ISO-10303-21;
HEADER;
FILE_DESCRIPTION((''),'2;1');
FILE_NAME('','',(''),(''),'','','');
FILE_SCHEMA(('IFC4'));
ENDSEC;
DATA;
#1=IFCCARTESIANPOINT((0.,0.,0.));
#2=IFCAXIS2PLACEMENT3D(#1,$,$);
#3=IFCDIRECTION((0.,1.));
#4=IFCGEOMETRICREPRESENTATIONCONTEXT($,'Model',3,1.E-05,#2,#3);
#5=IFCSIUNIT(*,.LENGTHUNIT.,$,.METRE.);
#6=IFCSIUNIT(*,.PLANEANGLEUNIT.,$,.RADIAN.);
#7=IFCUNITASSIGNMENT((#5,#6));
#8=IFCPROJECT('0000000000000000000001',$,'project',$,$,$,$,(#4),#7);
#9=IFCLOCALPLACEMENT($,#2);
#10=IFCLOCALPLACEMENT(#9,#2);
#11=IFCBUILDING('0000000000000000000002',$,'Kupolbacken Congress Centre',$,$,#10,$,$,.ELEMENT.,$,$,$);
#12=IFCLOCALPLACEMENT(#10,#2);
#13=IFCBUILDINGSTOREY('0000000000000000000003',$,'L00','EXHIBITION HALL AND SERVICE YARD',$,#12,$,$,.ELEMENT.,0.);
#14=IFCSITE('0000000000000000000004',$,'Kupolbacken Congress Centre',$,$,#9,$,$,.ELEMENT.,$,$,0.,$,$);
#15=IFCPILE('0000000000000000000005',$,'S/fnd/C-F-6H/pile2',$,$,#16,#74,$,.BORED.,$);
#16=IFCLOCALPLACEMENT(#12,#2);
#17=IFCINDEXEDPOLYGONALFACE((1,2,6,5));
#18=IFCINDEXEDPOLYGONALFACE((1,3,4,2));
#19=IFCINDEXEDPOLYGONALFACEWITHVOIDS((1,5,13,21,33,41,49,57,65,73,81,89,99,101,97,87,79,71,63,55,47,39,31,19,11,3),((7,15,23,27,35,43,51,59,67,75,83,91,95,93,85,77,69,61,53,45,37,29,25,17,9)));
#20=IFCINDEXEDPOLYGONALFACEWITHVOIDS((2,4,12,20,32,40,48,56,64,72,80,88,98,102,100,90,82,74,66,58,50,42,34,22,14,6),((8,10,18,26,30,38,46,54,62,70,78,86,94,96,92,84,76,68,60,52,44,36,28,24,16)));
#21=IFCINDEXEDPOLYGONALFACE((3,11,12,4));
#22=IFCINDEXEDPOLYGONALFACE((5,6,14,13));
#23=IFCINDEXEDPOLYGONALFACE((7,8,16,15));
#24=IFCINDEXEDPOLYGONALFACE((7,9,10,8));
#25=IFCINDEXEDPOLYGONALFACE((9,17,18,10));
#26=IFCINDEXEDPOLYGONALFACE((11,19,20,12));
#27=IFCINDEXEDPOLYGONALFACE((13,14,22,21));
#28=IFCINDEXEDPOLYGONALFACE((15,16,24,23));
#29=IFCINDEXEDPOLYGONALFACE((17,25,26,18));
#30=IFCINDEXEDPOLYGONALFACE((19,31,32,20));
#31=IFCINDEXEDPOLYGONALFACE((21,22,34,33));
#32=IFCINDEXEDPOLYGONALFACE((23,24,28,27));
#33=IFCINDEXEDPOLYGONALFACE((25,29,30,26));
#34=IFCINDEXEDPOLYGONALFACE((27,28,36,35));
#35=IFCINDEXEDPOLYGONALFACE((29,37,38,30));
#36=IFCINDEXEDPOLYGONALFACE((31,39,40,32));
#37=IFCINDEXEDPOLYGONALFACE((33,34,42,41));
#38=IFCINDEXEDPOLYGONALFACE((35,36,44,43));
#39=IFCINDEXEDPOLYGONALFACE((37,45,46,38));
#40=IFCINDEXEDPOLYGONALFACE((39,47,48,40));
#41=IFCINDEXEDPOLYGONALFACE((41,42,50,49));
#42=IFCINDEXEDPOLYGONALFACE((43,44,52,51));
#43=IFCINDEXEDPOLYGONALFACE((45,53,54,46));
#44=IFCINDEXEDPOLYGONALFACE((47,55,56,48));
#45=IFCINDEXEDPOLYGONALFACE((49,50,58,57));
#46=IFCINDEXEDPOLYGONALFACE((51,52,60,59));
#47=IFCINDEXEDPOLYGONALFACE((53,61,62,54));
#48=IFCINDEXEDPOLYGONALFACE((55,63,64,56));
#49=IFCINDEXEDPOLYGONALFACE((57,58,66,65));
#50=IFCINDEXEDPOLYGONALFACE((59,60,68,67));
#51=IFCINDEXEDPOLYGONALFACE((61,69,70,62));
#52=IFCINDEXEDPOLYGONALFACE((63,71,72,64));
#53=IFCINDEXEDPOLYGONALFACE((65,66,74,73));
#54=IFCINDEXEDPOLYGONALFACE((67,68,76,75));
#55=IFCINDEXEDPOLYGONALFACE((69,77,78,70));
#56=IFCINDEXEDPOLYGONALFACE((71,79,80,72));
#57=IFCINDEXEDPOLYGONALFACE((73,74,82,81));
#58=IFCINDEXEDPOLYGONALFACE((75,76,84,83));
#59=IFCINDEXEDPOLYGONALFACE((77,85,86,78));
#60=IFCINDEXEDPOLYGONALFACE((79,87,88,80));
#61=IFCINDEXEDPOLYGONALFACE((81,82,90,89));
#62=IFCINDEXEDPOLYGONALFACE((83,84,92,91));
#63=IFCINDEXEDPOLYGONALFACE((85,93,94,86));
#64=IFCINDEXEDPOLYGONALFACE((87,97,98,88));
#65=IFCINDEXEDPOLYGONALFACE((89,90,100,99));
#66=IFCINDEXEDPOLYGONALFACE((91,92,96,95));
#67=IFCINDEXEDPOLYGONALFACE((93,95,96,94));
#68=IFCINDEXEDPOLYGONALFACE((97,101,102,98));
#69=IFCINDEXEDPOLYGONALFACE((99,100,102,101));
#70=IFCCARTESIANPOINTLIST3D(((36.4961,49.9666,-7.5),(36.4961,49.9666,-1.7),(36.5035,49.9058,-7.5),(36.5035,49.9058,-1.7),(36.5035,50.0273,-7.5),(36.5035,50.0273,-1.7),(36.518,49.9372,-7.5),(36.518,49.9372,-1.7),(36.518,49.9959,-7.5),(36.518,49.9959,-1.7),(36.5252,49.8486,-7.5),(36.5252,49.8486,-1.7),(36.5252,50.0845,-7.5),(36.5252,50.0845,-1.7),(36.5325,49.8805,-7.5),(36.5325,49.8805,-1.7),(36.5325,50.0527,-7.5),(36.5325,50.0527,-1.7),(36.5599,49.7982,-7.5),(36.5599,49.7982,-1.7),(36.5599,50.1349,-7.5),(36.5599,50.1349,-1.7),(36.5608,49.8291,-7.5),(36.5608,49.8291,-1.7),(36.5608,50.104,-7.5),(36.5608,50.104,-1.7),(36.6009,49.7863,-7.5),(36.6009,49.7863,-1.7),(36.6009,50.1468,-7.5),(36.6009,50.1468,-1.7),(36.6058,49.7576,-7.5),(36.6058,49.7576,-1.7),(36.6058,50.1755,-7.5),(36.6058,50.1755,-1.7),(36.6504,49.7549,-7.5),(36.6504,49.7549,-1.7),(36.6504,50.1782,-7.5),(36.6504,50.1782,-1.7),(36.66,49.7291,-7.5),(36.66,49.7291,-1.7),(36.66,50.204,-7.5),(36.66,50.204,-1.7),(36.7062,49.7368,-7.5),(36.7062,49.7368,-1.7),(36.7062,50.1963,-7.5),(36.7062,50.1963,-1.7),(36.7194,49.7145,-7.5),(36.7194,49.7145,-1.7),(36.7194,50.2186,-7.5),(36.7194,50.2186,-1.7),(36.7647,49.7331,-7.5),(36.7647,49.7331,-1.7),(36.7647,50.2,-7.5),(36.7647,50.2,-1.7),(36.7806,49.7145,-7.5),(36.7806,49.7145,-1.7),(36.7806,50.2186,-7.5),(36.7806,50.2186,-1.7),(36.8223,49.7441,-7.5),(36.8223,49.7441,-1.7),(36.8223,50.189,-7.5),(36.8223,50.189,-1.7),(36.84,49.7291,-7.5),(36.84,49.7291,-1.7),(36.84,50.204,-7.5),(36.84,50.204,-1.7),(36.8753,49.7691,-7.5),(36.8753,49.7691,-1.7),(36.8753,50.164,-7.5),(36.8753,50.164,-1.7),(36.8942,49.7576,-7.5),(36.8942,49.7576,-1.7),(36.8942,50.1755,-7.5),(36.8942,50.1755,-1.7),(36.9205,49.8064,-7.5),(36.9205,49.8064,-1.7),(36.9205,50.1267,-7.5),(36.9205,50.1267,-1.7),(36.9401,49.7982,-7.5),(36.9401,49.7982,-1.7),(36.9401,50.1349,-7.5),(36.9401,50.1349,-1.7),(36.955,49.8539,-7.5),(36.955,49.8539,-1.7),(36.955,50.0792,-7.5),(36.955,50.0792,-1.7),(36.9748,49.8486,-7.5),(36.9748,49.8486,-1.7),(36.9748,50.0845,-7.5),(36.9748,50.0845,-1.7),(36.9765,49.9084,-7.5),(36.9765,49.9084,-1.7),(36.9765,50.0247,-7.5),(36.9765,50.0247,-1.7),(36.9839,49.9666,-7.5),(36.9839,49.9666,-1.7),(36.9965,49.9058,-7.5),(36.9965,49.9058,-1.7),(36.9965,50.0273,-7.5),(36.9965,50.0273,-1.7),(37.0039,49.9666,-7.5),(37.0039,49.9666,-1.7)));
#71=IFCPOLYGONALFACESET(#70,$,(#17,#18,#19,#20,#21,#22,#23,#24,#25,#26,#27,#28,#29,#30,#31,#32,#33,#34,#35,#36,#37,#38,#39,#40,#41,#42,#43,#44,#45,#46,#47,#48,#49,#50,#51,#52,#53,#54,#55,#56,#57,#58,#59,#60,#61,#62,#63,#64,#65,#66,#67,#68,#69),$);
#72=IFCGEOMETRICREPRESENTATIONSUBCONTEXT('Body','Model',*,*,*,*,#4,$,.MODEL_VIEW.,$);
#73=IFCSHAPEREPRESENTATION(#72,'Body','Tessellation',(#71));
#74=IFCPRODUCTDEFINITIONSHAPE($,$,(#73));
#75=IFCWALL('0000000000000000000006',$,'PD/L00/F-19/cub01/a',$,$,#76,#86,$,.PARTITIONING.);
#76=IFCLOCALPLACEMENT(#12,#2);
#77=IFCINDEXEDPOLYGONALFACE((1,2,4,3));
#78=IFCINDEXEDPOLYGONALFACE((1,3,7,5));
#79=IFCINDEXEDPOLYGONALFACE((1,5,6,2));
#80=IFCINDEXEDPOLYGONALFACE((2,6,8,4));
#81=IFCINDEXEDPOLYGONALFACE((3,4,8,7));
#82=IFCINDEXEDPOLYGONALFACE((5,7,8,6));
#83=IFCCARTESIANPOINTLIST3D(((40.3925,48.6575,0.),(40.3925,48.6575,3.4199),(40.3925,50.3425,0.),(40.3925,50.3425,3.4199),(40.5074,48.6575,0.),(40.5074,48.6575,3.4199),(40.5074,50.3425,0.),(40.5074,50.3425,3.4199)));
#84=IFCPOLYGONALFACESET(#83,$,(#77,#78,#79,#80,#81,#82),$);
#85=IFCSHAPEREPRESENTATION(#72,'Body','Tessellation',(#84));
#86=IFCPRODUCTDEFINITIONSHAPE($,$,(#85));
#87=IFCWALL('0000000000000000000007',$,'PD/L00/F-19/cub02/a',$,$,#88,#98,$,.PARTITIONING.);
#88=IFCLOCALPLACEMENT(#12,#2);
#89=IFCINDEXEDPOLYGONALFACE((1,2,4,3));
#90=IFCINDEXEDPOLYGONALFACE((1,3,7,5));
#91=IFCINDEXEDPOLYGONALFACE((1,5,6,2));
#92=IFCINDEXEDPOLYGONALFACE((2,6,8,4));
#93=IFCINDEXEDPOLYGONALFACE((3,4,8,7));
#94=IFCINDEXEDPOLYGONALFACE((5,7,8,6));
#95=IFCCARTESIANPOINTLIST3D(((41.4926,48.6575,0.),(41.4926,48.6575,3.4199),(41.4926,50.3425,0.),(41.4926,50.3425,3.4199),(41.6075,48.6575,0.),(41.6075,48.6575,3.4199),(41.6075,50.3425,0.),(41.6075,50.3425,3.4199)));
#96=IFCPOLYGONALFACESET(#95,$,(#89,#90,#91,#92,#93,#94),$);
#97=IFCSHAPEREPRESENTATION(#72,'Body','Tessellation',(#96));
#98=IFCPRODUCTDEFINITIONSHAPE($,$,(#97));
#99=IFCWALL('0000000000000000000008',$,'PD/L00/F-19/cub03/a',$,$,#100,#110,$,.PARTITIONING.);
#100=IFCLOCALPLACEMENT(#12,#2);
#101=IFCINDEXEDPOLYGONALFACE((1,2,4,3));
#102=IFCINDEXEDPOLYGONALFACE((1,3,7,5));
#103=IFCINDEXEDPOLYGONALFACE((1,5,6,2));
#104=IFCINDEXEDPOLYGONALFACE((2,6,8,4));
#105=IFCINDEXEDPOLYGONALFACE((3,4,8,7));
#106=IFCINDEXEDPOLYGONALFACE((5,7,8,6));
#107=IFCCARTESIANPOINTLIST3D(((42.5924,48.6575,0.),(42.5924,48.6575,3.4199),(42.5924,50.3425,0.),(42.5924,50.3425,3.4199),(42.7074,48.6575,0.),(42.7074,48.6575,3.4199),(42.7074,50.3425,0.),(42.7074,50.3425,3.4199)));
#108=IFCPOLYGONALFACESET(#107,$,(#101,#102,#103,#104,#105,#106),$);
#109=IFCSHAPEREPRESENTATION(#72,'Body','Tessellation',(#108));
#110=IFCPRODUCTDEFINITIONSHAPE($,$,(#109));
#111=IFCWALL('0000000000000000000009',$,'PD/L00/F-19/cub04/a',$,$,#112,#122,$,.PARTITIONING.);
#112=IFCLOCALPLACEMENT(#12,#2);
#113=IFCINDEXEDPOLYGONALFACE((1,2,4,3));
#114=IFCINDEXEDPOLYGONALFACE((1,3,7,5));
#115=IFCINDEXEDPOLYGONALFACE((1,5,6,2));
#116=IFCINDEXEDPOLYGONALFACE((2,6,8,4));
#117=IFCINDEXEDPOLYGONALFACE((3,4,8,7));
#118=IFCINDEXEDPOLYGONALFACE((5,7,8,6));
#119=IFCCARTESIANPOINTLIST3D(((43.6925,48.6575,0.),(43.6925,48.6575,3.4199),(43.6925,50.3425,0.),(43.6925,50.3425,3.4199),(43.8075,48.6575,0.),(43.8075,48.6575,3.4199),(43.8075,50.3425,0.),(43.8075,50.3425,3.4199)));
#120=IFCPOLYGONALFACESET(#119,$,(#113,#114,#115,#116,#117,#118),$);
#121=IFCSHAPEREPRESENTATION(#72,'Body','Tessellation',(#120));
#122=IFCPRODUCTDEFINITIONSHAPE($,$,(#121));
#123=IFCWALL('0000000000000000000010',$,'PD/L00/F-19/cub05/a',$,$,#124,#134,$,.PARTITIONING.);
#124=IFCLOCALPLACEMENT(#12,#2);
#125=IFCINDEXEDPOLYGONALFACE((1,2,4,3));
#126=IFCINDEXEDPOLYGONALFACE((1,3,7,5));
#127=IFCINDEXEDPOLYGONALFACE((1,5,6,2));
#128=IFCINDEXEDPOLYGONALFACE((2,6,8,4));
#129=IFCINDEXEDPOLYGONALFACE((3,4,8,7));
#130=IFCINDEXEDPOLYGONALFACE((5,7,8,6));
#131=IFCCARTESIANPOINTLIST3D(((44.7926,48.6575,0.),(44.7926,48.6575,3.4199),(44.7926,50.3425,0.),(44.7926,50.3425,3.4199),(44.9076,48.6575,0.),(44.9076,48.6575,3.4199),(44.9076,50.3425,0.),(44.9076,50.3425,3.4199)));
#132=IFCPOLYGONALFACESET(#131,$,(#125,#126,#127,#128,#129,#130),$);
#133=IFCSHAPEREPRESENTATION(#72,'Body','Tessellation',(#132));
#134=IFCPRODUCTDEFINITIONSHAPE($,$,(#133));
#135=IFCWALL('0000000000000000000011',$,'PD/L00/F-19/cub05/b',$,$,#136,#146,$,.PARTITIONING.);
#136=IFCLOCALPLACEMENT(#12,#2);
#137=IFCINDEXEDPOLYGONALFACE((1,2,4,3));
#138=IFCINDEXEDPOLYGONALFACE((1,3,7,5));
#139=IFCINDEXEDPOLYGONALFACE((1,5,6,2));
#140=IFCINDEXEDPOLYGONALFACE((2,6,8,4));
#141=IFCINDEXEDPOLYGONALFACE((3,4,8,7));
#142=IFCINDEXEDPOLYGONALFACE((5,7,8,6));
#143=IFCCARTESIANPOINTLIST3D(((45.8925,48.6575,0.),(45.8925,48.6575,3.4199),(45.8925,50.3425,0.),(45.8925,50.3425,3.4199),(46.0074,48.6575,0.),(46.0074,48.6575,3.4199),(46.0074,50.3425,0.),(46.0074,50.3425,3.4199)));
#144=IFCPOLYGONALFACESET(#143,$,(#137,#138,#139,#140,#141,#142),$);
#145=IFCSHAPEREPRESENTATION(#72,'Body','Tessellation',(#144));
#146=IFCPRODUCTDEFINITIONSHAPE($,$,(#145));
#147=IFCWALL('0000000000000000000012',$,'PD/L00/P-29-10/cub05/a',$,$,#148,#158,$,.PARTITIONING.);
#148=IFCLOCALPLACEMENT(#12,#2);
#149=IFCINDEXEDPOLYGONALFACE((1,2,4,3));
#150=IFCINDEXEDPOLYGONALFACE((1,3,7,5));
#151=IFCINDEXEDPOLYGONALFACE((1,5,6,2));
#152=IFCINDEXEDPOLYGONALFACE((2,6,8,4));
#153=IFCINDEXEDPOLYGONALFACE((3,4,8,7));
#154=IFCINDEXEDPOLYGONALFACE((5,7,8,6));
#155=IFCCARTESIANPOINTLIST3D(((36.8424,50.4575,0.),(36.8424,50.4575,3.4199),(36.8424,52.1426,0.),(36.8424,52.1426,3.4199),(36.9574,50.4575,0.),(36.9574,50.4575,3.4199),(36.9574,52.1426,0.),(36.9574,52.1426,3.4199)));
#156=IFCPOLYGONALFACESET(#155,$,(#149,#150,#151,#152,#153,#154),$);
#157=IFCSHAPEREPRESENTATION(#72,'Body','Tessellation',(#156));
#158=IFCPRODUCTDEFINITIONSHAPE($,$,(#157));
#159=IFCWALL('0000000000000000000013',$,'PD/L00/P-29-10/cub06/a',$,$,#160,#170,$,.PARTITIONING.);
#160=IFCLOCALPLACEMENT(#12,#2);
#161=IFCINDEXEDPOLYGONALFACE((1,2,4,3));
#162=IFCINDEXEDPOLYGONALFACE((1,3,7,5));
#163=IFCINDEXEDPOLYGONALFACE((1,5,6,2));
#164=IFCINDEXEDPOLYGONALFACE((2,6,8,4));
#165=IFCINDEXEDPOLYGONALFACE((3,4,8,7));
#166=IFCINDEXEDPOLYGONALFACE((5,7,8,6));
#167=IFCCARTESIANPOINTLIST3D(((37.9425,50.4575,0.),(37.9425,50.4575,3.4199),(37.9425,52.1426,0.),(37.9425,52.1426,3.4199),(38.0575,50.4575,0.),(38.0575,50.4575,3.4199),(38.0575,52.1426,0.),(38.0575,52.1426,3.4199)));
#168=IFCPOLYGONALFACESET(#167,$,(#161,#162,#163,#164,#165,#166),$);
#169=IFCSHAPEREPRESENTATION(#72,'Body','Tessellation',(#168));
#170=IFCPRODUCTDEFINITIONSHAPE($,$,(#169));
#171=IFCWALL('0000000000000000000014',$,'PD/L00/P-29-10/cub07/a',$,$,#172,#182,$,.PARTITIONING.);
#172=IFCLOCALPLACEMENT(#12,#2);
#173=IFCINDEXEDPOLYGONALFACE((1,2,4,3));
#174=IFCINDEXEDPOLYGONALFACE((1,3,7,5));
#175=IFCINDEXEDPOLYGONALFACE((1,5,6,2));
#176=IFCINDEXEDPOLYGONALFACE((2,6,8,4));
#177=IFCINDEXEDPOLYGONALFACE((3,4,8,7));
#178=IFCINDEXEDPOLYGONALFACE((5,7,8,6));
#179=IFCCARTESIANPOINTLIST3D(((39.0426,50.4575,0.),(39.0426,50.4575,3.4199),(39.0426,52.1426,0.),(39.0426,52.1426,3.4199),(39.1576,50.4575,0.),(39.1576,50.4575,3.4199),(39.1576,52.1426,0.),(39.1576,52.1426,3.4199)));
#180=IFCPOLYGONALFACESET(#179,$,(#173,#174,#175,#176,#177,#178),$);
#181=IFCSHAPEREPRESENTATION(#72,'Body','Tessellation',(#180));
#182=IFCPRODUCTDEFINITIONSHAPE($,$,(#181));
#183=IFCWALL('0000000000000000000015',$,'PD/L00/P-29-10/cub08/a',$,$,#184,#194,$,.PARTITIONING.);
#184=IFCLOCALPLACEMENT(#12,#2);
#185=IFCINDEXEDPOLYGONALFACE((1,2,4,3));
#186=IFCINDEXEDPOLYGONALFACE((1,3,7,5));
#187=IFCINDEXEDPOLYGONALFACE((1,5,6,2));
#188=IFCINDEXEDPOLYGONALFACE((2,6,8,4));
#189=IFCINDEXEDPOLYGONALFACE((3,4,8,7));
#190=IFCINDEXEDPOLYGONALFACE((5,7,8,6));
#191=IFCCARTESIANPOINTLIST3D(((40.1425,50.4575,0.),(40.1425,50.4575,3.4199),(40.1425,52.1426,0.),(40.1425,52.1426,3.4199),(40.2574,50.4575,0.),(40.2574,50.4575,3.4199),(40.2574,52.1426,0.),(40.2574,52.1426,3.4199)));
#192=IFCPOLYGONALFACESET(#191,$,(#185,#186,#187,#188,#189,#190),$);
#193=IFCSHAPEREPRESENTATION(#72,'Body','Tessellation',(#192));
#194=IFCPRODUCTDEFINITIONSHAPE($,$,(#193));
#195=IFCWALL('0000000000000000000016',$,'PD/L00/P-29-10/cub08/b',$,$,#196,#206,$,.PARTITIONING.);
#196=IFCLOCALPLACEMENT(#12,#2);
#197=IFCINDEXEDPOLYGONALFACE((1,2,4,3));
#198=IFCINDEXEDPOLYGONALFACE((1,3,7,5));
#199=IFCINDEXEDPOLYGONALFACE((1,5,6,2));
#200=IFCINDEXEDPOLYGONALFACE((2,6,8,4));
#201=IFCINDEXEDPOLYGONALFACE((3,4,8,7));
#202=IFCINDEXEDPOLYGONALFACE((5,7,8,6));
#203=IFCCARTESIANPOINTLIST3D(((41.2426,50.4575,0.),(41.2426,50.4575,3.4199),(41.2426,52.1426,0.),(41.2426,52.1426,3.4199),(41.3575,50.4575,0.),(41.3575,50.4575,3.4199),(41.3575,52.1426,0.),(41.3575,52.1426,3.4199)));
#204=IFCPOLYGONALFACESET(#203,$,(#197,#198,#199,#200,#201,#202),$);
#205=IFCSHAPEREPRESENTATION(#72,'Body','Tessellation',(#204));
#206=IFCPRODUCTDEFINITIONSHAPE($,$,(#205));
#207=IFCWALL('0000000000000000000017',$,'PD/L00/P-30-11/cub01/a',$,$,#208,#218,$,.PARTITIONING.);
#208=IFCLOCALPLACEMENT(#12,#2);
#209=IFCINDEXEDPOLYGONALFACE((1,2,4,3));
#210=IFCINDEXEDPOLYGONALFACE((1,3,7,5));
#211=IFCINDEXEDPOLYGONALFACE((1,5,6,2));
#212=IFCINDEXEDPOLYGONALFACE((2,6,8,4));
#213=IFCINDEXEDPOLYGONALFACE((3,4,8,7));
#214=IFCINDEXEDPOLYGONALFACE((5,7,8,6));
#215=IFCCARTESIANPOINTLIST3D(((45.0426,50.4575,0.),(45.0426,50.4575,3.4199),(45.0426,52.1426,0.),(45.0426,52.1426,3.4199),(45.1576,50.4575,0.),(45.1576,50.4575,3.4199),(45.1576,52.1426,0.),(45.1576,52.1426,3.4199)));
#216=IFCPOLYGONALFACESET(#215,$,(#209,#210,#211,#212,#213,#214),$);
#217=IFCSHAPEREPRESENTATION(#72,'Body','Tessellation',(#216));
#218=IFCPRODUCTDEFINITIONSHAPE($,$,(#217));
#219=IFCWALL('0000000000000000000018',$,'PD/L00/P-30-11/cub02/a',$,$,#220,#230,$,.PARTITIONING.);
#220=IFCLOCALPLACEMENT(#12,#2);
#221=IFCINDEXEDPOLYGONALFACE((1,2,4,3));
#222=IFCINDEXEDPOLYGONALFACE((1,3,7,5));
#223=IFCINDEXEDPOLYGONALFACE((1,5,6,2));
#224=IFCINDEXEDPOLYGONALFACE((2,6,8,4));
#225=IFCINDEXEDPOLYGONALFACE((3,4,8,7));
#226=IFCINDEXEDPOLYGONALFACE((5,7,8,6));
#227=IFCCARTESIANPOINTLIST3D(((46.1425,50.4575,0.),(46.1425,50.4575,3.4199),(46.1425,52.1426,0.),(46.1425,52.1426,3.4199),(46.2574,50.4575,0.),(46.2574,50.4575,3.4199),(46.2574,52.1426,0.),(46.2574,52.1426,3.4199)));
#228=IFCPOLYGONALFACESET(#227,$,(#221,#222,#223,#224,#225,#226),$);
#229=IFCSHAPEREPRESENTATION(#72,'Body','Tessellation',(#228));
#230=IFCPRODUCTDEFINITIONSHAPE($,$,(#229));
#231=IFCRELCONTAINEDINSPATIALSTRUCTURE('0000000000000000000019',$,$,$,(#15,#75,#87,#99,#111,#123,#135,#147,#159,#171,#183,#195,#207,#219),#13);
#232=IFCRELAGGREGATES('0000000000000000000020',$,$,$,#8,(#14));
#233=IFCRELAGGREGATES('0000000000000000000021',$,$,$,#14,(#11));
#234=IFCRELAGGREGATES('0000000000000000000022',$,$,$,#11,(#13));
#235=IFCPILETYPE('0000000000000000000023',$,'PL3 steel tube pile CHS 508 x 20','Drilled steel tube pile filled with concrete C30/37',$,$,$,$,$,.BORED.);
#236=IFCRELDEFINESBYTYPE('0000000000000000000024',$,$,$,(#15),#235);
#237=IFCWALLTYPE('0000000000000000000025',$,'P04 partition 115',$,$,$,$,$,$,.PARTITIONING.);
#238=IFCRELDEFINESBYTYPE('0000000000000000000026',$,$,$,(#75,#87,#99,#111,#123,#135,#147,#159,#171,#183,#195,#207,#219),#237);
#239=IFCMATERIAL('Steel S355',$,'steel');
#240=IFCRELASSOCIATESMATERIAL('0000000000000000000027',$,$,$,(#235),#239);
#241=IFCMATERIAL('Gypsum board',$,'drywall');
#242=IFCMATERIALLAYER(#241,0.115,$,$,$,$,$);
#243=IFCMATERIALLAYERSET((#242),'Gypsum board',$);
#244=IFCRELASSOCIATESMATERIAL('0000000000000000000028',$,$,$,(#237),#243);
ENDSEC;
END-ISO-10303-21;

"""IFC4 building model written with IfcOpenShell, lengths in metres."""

from ifc_helpers import new_model, si_unit, direction, frame, frame_2d, origin, origin_2d, place, context, subcontext, project, spatial, rectangle, hollow_circle, extrude, material, layer, layer_set, material_profile, profile_set, type_object, element, save


model = new_model("IFC4")

# Units and contexts
model_context = context("Model", 3, precision=1e-05, world=origin(), true_north=direction((0.0, 1.0)))
body_context = subcontext(model_context, "Body", "Model", "MODEL_VIEW")
ifc_project = project(units=[si_unit("LENGTHUNIT", "METRE"), si_unit("PLANEANGLEUNIT", "RADIAN")], contexts=[model_context])

# Site, building, storey
site_placement = place(None, origin())
site = spatial("IfcSite", under=ifc_project, at=site_placement, Name="Kupolbacken Congress Centre", CompositionType="ELEMENT", RefElevation=0.0)
building_placement = place(site_placement, origin())
building = spatial("IfcBuilding", under=site, at=building_placement, Name="Kupolbacken Congress Centre", CompositionType="ELEMENT")
storey_placement = place(building_placement, origin())
storey = spatial("IfcBuildingStorey", under=building, at=storey_placement, Name="L00", Description="EXHIBITION HALL AND SERVICE YARD", CompositionType="ELEMENT", Elevation=0.0)

# Pile
ifc_material_1 = material(Name="Steel S355", Category="steel")
ifc_material_profile = material_profile(ifc_material_1, hollow_circle(Radius=0.2539, WallThickness=0.02, at=origin_2d()), Name="CHS 508 x 20")
ifc_profile_set = profile_set([ifc_material_profile], Name="Steel S355")
pile_type = type_object("IfcPileType", Name="PL3 steel tube pile CHS 508 x 20", Description="Drilled steel tube pile filled with concrete C30/37", PredefinedType="BORED", material=ifc_profile_set)
pile_placement = place(storey_placement, frame((36.75, 49.9666, -1.7), z_axis=(0.0, 0.0, -1.0), x_axis=(1.0, 0.0, 0.0)))
element("IfcPile", 1, at=pile_placement, inside=storey, type_object=pile_type, Name="S/fnd/C-F-6H/pile2", PredefinedType="BORED", context=body_context, shape_type="SweptSolid", body=[
    extrude(hollow_circle(Radius=0.2539, WallThickness=0.02, at=origin_2d()), origin(), (0.0, 0.0, 1.0), 5.8),
])

# Walls
ifc_material_2 = material(Name="Gypsum board", Category="drywall")
ifc_layer_1 = layer(ifc_material_2, 0.115)
ifc_layer_set_1 = layer_set([ifc_layer_1], Name="Gypsum board")
wall_type_1 = type_object("IfcWallType", Name="P04 partition 115", PredefinedType="PARTITIONING", material=ifc_layer_set_1)
for number, where, z_axis, x_axis, name in (
    (2, (40.45, 50.3425, 0.0), (0.0, 0.0, 1.0), (0.0, -1.0, 0.0), "PD/L00/F-19/cub01/a"),
    (3, (41.55, 50.3425, 0.0), (0.0, 0.0, 1.0), (0.0, -1.0, 0.0), "PD/L00/F-19/cub02/a"),
    (4, (42.6499, 50.3425, 0.0), (0.0, 0.0, 1.0), (0.0, -1.0, 0.0), "PD/L00/F-19/cub03/a"),
    (5, (43.75, 50.3425, 0.0), (0.0, 0.0, 1.0), (0.0, -1.0, 0.0), "PD/L00/F-19/cub04/a"),
    (6, (44.8501, 50.3425, 0.0), (0.0, 0.0, 1.0), (0.0, -1.0, 0.0), "PD/L00/F-19/cub05/a"),
    (7, (45.95, 50.3425, 0.0), (0.0, 0.0, 1.0), (0.0, -1.0, 0.0), "PD/L00/F-19/cub05/b"),
    (8, (36.8999, 50.4575, 0.0), (0.0, 0.0, 1.0), (0.0, 1.0, 0.0), "PD/L00/P-29-10/cub05/a"),
    (9, (38.0, 50.4575, 0.0), (0.0, 0.0, 1.0), (0.0, 1.0, 0.0), "PD/L00/P-29-10/cub06/a"),
    (10, (39.1001, 50.4575, 0.0), (0.0, 0.0, 1.0), (0.0, 1.0, 0.0), "PD/L00/P-29-10/cub07/a"),
    (11, (40.2, 50.4575, 0.0), (0.0, 0.0, 1.0), (0.0, 1.0, 0.0), "PD/L00/P-29-10/cub08/a"),
    (12, (41.3, 50.4575, 0.0), (0.0, 0.0, 1.0), (0.0, 1.0, 0.0), "PD/L00/P-29-10/cub08/b"),
    (13, (45.1001, 50.4575, 0.0), (0.0, 0.0, 1.0), (0.0, 1.0, 0.0), "PD/L00/P-30-11/cub01/a"),
    (14, (46.2, 50.4575, 0.0), (0.0, 0.0, 1.0), (0.0, 1.0, 0.0), "PD/L00/P-30-11/cub02/a"),
):
    element("IfcWall", number, at=place(storey_placement, frame(where, z_axis=z_axis, x_axis=x_axis)), inside=storey, type_object=wall_type_1, Name=name, PredefinedType="PARTITIONING", context=body_context, shape_type="SweptSolid", body=[
        extrude(rectangle(XDim=1.6851, YDim=0.115, at=frame_2d((0.8425, 0.0))), origin(), (0.0, 0.0, 1.0), 3.4199),
    ])

save(model, "model.ifc")
